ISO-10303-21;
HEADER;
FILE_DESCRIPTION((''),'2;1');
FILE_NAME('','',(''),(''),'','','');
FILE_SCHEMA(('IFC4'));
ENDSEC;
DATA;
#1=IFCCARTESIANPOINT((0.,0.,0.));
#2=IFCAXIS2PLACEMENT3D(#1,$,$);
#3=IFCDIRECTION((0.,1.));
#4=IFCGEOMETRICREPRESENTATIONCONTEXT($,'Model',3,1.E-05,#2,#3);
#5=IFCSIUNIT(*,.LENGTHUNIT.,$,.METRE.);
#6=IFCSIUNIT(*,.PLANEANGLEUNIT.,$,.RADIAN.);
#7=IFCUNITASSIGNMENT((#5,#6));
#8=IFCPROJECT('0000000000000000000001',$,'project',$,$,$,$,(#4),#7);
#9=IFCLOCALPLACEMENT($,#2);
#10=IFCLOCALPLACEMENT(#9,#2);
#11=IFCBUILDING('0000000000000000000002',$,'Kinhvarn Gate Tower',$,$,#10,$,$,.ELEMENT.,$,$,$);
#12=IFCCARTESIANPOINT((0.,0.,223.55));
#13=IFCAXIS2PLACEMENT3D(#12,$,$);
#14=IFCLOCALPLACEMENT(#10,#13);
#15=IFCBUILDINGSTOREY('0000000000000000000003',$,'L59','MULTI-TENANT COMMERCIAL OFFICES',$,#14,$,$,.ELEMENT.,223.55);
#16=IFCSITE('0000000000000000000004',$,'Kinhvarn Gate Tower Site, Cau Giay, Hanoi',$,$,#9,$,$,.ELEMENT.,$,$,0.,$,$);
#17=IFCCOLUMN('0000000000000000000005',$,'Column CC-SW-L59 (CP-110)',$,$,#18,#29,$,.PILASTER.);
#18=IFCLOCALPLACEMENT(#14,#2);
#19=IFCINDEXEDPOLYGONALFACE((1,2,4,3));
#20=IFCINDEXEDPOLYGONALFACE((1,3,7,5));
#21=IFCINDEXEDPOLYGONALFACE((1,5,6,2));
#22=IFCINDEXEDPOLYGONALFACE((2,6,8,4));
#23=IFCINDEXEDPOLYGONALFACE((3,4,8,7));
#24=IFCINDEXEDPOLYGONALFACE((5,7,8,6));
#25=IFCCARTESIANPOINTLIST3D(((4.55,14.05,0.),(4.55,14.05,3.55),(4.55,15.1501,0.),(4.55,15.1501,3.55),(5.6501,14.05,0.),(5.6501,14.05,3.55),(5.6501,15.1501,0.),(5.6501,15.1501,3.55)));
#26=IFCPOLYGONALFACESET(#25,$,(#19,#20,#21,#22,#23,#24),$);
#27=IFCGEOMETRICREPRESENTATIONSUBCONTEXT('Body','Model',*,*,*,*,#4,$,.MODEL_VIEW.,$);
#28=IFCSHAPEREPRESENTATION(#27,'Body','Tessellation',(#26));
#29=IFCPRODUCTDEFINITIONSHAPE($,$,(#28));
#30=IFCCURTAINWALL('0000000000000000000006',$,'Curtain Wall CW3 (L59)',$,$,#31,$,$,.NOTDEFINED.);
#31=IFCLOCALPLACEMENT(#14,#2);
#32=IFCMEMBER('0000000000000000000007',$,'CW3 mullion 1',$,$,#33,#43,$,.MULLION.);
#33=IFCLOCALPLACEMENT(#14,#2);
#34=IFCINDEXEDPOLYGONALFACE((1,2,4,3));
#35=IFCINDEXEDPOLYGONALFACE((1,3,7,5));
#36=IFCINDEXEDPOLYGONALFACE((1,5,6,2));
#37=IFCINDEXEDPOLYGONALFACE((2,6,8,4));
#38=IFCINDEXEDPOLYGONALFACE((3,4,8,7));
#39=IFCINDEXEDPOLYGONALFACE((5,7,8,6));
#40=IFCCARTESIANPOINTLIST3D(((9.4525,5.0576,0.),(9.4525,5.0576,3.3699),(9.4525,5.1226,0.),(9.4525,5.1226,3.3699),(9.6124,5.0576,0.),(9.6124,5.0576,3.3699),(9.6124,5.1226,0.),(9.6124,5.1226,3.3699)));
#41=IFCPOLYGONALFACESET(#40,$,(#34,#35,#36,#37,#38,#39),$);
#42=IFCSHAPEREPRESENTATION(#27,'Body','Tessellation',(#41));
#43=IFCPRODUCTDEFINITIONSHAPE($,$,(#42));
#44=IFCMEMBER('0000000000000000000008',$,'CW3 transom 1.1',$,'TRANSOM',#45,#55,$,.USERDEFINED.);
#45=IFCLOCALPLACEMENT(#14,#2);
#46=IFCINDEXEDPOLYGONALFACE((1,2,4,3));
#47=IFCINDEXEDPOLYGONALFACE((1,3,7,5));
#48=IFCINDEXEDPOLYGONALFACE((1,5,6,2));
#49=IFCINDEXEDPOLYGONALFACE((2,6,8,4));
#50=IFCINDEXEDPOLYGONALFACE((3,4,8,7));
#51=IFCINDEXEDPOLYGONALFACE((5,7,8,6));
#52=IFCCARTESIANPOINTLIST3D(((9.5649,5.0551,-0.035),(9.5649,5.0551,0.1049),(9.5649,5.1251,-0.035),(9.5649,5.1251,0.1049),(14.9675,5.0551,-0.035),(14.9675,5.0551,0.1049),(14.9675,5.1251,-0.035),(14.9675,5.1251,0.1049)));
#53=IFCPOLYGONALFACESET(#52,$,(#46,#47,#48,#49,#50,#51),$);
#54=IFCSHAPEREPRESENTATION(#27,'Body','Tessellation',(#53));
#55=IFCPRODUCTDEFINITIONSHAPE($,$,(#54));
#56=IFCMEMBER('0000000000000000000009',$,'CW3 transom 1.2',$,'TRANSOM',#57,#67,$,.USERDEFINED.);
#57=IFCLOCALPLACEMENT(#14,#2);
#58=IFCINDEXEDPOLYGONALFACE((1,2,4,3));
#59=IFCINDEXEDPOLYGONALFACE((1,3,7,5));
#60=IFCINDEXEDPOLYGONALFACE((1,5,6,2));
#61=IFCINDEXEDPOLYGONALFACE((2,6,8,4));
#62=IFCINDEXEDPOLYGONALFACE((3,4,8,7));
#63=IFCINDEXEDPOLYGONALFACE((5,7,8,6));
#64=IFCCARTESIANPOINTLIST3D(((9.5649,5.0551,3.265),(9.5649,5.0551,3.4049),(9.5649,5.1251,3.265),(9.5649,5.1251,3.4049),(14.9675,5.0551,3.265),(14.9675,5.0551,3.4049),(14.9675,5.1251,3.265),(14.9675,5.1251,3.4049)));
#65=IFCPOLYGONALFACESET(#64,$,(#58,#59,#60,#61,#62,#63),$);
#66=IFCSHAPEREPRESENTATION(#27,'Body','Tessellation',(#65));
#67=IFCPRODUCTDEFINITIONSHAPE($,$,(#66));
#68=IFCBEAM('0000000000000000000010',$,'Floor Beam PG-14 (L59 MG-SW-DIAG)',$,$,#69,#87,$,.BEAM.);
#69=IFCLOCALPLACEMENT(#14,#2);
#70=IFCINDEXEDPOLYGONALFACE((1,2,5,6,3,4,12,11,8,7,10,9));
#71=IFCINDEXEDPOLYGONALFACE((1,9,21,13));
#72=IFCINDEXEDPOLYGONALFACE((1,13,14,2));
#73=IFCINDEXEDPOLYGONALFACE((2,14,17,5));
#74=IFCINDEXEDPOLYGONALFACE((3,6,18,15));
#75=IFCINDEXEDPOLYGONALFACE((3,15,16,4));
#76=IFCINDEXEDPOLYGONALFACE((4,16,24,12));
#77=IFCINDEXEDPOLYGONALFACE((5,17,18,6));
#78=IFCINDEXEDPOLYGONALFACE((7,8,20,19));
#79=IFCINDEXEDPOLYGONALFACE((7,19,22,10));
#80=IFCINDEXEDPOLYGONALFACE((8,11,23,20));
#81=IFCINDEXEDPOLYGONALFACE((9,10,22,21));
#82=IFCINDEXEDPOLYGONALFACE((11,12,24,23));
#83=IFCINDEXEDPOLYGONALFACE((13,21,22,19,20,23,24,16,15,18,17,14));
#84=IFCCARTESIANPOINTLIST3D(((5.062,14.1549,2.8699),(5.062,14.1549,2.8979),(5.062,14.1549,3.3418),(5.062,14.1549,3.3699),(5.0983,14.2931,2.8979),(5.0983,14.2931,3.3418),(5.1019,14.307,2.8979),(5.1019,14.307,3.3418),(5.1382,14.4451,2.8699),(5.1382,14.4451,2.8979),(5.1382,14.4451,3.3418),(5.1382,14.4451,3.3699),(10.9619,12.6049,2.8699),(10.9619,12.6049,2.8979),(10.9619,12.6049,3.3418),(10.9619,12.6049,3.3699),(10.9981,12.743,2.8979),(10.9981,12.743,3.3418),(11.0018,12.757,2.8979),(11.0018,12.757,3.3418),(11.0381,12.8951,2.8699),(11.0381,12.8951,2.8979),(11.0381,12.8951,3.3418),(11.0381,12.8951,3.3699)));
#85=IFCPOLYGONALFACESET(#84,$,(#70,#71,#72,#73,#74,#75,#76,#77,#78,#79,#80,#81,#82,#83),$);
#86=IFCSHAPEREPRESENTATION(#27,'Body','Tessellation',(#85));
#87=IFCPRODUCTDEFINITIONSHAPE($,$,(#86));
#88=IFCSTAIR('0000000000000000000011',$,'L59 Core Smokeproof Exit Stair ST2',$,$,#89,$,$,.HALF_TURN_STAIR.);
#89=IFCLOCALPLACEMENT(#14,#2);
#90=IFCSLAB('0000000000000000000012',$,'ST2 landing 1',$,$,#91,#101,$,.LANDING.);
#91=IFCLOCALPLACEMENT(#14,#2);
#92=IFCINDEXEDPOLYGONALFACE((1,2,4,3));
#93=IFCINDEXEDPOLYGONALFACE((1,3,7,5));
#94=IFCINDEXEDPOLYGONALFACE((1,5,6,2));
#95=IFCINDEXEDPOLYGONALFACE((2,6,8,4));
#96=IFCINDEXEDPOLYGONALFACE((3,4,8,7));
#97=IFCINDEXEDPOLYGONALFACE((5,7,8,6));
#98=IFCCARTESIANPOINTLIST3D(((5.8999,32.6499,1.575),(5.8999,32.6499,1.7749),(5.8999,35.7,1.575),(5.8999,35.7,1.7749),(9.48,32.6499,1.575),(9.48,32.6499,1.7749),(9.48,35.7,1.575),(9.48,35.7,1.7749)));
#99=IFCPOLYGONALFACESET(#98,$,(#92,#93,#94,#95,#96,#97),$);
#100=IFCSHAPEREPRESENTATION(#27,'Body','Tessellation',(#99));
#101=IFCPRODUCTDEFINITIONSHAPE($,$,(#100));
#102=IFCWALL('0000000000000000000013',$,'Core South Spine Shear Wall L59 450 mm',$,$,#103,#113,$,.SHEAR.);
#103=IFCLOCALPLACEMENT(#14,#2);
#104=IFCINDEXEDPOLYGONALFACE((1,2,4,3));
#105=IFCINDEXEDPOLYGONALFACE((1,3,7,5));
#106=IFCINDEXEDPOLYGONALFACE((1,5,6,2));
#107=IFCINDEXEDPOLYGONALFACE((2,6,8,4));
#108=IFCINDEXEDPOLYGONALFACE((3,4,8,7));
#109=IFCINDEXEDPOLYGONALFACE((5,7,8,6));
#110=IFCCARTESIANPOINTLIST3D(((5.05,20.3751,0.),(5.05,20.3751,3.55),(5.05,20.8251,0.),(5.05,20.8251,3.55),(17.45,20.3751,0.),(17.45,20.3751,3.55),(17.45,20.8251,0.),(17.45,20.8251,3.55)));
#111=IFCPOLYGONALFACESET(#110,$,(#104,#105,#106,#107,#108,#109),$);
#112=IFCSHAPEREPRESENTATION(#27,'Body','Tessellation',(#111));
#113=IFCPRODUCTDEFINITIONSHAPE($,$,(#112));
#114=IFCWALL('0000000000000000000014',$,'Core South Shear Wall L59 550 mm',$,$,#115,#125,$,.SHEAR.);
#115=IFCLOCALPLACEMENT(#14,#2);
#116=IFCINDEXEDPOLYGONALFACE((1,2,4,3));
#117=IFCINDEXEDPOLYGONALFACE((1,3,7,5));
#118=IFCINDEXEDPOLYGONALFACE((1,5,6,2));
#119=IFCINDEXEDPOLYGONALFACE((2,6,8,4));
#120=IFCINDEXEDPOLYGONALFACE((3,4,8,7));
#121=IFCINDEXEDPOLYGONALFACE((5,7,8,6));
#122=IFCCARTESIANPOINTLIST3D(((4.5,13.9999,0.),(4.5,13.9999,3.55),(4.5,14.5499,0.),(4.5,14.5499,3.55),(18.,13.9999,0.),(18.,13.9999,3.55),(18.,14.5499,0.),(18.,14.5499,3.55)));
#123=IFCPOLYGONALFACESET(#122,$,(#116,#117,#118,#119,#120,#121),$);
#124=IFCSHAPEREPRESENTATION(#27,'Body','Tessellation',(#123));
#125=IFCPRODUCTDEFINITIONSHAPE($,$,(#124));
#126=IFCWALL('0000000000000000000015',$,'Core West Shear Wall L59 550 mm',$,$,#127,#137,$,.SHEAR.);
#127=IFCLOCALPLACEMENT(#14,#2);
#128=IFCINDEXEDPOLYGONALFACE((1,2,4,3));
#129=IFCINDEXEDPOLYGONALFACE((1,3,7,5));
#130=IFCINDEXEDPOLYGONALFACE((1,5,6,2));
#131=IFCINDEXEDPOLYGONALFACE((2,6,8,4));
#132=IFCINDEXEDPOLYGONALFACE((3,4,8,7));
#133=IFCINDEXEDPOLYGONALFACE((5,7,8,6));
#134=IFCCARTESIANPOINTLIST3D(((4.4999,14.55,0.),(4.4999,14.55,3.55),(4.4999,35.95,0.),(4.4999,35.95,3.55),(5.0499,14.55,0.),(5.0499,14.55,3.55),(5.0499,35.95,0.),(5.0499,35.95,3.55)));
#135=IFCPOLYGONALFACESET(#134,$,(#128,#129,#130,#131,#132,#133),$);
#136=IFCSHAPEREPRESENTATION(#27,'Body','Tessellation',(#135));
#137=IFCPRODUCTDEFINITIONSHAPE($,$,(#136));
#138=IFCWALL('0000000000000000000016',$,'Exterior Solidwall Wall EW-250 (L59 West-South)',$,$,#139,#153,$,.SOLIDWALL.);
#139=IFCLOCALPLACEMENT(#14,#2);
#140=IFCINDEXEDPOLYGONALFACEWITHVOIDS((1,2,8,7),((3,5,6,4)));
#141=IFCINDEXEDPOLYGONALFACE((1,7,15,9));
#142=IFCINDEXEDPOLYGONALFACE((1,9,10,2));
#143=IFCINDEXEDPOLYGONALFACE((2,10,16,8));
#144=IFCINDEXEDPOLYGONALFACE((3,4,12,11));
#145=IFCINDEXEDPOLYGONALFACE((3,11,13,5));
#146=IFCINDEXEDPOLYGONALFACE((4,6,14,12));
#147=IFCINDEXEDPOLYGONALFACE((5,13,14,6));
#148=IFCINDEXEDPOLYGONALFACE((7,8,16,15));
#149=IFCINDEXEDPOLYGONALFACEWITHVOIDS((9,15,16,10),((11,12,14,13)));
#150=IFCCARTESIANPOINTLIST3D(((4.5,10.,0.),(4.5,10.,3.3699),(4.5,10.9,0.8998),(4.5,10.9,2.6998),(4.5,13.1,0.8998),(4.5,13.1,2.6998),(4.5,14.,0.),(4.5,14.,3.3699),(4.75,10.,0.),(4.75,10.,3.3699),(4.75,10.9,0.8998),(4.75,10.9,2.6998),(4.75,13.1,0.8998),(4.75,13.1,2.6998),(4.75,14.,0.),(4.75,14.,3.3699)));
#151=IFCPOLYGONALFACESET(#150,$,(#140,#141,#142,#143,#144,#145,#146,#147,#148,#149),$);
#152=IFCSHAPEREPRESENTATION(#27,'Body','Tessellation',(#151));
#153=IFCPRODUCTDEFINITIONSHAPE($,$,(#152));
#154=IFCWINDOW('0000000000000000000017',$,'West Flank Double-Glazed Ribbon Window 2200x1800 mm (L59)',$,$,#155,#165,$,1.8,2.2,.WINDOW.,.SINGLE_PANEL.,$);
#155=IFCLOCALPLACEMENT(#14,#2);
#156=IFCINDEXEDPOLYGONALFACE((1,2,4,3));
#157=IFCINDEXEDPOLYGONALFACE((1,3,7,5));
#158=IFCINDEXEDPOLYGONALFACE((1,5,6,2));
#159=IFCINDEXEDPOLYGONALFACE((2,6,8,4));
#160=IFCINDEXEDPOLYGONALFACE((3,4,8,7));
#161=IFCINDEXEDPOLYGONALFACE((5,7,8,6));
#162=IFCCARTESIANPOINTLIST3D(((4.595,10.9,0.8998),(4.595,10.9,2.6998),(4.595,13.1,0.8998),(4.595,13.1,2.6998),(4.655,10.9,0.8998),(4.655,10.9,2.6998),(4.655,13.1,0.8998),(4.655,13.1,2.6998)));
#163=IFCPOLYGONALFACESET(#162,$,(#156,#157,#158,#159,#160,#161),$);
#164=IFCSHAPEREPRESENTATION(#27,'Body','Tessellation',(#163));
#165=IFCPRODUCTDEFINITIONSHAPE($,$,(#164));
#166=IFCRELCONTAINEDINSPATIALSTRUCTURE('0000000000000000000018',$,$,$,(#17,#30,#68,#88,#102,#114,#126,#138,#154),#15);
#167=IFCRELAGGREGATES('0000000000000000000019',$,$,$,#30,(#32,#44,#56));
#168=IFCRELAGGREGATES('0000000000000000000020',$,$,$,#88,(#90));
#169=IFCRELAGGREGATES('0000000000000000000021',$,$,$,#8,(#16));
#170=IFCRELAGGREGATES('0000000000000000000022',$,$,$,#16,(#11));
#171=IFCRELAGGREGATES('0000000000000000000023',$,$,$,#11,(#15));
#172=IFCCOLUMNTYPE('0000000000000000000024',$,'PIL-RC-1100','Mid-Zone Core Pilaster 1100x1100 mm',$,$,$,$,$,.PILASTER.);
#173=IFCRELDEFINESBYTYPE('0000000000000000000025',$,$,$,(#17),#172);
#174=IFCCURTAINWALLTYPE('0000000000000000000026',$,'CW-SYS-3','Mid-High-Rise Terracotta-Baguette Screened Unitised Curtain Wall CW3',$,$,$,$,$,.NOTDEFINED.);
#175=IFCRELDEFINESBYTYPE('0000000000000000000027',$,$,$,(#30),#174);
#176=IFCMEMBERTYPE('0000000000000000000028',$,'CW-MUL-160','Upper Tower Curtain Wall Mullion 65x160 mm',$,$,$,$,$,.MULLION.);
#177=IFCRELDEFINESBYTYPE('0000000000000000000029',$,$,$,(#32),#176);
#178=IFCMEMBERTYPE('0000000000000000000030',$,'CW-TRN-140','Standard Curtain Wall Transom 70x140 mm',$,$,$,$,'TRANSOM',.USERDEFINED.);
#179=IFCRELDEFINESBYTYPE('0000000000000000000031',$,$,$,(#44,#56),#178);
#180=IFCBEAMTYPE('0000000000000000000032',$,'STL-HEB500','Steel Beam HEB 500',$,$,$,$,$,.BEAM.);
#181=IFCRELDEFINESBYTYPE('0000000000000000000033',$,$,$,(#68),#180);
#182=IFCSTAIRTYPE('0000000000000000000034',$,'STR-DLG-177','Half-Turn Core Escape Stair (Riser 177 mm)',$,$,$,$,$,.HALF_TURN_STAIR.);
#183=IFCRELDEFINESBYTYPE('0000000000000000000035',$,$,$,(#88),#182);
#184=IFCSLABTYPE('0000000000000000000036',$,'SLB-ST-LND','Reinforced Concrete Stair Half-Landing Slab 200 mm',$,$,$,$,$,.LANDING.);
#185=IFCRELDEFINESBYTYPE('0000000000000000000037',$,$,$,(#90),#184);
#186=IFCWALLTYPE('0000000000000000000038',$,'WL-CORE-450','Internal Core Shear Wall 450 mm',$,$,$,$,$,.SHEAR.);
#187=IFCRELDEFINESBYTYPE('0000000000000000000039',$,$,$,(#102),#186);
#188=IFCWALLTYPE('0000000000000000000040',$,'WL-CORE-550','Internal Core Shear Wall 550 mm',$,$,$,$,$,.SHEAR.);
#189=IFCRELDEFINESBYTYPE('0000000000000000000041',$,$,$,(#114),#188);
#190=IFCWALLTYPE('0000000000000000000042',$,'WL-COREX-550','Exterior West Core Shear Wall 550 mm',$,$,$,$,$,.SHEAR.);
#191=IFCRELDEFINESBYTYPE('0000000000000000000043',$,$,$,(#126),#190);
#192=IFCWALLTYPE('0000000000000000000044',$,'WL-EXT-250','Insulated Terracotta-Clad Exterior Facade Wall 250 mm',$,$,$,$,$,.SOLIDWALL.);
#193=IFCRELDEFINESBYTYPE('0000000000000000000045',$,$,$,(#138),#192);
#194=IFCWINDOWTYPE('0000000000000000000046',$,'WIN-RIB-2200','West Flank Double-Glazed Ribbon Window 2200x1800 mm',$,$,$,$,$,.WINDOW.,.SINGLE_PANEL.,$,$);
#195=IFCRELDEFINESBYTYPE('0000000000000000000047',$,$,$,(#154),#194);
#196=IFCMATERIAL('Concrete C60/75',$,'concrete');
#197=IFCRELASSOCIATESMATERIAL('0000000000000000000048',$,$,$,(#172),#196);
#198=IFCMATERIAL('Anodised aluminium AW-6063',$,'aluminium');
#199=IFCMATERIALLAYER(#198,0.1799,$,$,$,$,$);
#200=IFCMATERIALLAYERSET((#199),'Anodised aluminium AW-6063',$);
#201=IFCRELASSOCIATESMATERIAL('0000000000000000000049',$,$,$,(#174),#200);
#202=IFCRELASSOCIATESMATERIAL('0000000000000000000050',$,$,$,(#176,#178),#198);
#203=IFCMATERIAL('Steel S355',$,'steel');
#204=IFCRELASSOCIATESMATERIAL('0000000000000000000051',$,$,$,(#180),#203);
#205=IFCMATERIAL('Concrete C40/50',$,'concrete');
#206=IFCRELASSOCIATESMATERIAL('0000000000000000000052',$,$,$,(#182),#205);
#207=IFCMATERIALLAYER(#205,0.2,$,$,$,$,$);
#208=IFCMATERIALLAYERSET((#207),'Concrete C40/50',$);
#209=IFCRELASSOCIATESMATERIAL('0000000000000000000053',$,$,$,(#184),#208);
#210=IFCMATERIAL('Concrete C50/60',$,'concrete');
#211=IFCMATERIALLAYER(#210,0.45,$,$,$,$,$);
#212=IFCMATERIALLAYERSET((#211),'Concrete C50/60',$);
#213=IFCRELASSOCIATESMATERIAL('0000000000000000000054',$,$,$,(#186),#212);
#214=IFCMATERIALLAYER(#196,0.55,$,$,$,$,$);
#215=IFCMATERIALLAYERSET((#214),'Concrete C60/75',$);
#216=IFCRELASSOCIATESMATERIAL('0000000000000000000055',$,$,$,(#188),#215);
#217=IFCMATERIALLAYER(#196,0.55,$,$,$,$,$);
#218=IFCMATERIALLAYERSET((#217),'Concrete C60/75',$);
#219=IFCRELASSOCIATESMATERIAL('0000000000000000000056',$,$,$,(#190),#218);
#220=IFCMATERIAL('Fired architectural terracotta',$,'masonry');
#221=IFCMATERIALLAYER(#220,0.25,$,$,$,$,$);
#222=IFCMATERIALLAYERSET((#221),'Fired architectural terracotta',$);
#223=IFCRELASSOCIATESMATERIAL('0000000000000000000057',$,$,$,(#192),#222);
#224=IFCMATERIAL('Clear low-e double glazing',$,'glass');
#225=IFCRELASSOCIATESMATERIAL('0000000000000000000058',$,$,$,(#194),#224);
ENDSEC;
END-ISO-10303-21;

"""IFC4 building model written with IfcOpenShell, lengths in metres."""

from ifc_helpers import new_model, si_unit, direction, frame, frame_2d, origin, origin_2d, place, context, subcontext, project, spatial, polyline, rectangle, i_section, outline, extrude, material, layer, layer_set, material_profile, profile_set, type_object, element, fill, aggregate, save


model = new_model("IFC4")

# Units and contexts
model_context = context("Model", 3, precision=1e-05, world=origin(), true_north=direction((0.0, 1.0)))
body_context = subcontext(model_context, "Body", "Model", "MODEL_VIEW")
ifc_project = project(units=[si_unit("LENGTHUNIT", "METRE"), si_unit("PLANEANGLEUNIT", "RADIAN")], contexts=[model_context])

# Site, building, storey
site_placement = place(None, origin())
site = spatial("IfcSite", under=ifc_project, at=site_placement, Name="Kinhvarn Gate Tower Site, Cau Giay, Hanoi", CompositionType="ELEMENT", RefElevation=0.0)
building_placement = place(site_placement, origin())
building = spatial("IfcBuilding", under=site, at=building_placement, Name="Kinhvarn Gate Tower", CompositionType="ELEMENT")
storey_placement = place(building_placement, frame((0.0, 0.0, 223.55)))
storey = spatial("IfcBuildingStorey", under=building, at=storey_placement, Name="L59", Description="MULTI-TENANT COMMERCIAL OFFICES", CompositionType="ELEMENT", Elevation=223.55)

# Column
ifc_material_1 = material(Name="Concrete C60/75", Category="concrete")
ifc_material_profile_1 = material_profile(ifc_material_1, rectangle(XDim=1.1001, YDim=1.1001, at=origin_2d()), Name="RC 1100x1100")
ifc_profile_set_1 = profile_set([ifc_material_profile_1], Name="Concrete C60/75")
column_type = type_object("IfcColumnType", Name="PIL-RC-1100", Description="Mid-Zone Core Pilaster 1100x1100 mm", PredefinedType="PILASTER", material=ifc_profile_set_1)
column_placement = place(storey_placement, frame((5.1001, 14.6001, 0.0), z_axis=(0.0, 0.0, 1.0), x_axis=(1.0, 0.0, 0.0)))
element("IfcColumn", 1, at=column_placement, inside=storey, type_object=column_type, Name="Column CC-SW-L59 (CP-110)", PredefinedType="PILASTER", context=body_context, shape_type="SweptSolid", body=[
    extrude(rectangle(XDim=1.1001, YDim=1.1001, at=origin_2d()), origin(), (0.0, 0.0, 1.0), 3.55),
])

# Curtain wall, members
ifc_material_2 = material(Name="Anodised aluminium AW-6063", Category="aluminium")
ifc_layer_1 = layer(ifc_material_2, 0.1799)
ifc_layer_set_1 = layer_set([ifc_layer_1], Name="Anodised aluminium AW-6063")
curtain_wall_type = type_object("IfcCurtainWallType", Name="CW-SYS-3", Description="Mid-High-Rise Terracotta-Baguette Screened Unitised Curtain Wall CW3", PredefinedType="NOTDEFINED", material=ifc_layer_set_1)
curtain_wall_placement = place(storey_placement, origin())
curtain_wall = element("IfcCurtainWall", 2, at=curtain_wall_placement, inside=storey, type_object=curtain_wall_type, Name="Curtain Wall CW3 (L59)", PredefinedType="NOTDEFINED")
ifc_material_profile_2 = material_profile(ifc_material_2, rectangle(XDim=0.0649, YDim=0.1599, at=origin_2d()), Name="ALU 65x160")
ifc_profile_set_2 = profile_set([ifc_material_profile_2], Name="Anodised aluminium AW-6063")
member_type_1 = type_object("IfcMemberType", Name="CW-MUL-160", Description="Upper Tower Curtain Wall Mullion 65x160 mm", PredefinedType="MULLION", material=ifc_profile_set_2)
member_1_placement = place(storey_placement, frame((9.5325, 5.0901, 0.0), z_axis=(0.0, 0.0, 1.0), x_axis=(0.0, 1.0, 0.0)))
member_1 = element("IfcMember", 3, at=member_1_placement, type_object=member_type_1, Name="CW3 mullion 1", PredefinedType="MULLION", context=body_context, shape_type="SweptSolid", body=[
    extrude(rectangle(XDim=0.0649, YDim=0.1599, at=origin_2d()), origin(), (0.0, 0.0, 1.0), 3.3699),
])
ifc_material_profile_3 = material_profile(ifc_material_2, rectangle(XDim=0.0701, YDim=0.1399, at=origin_2d()), Name="ALU 70x140")
ifc_profile_set_3 = profile_set([ifc_material_profile_3], Name="Anodised aluminium AW-6063")
member_type_2 = type_object("IfcMemberType", Name="CW-TRN-140", Description="Standard Curtain Wall Transom 70x140 mm", ElementType="TRANSOM", PredefinedType="USERDEFINED", material=ifc_profile_set_3)
member_2_placement = place(storey_placement, frame((9.5649, 5.0901, 0.0349), z_axis=(1.0, 0.0, 0.0), x_axis=(0.0, 1.0, 0.0)))
member_2 = element("IfcMember", 4, at=member_2_placement, type_object=member_type_2, Name="CW3 transom 1.1", ObjectType="TRANSOM", PredefinedType="USERDEFINED", context=body_context, shape_type="SweptSolid", body=[
    extrude(rectangle(XDim=0.0701, YDim=0.1399, at=origin_2d()), origin(), (0.0, 0.0, 1.0), 5.4026),
])
member_3_placement = place(storey_placement, frame((9.5649, 5.0901, 3.335), z_axis=(1.0, 0.0, 0.0), x_axis=(0.0, 1.0, 0.0)))
member_3 = element("IfcMember", 5, at=member_3_placement, type_object=member_type_2, Name="CW3 transom 1.2", ObjectType="TRANSOM", PredefinedType="USERDEFINED", context=body_context, shape_type="SweptSolid", body=[
    extrude(rectangle(XDim=0.0701, YDim=0.1399, at=origin_2d()), origin(), (0.0, 0.0, 1.0), 5.4026),
])
aggregate(curtain_wall, [member_1, member_2, member_3])

# Beam
ifc_material_3 = material(Name="Steel S355", Category="steel")
ifc_material_profile_4 = material_profile(ifc_material_3, i_section(OverallWidth=0.3, OverallDepth=0.5, WebThickness=0.0144, FlangeThickness=0.0281, at=origin_2d()), Name="HEB 500")
ifc_profile_set_4 = profile_set([ifc_material_profile_4], Name="Steel S355")
beam_type = type_object("IfcBeamType", Name="STL-HEB500", Description="Steel Beam HEB 500", PredefinedType="BEAM", material=ifc_profile_set_4)
beam_placement = place(storey_placement, frame((5.1001, 14.3, 3.1199), z_axis=(0.967178, -0.254101, 0.0), x_axis=(0.254101, 0.967178, 0.0)))
element("IfcBeam", 6, at=beam_placement, inside=storey, type_object=beam_type, Name="Floor Beam PG-14 (L59 MG-SW-DIAG)", PredefinedType="BEAM", context=body_context, shape_type="SweptSolid", body=[
    extrude(i_section(OverallWidth=0.3, OverallDepth=0.5, WebThickness=0.0144, FlangeThickness=0.0281, at=origin_2d()), origin(), (0.0, 0.0, 1.0), 6.1001),
])

# Stair, slab
ifc_material_4 = material(Name="Concrete C40/50", Category="concrete")
stair_type = type_object("IfcStairType", Name="STR-DLG-177", Description="Half-Turn Core Escape Stair (Riser 177 mm)", PredefinedType="HALF_TURN_STAIR", material=ifc_material_4)
stair_1_placement = place(storey_placement, origin())
stair_1 = element("IfcStair", 7, at=stair_1_placement, inside=storey, type_object=stair_type, Name="L59 Core Smokeproof Exit Stair ST2", PredefinedType="HALF_TURN_STAIR")
ifc_layer_2 = layer(ifc_material_4, 0.2)
ifc_layer_set_2 = layer_set([ifc_layer_2], Name="Concrete C40/50")
slab_type = type_object("IfcSlabType", Name="SLB-ST-LND", Description="Reinforced Concrete Stair Half-Landing Slab 200 mm", PredefinedType="LANDING", material=ifc_layer_set_2)
slab_placement = place(storey_placement, frame((0.0, 0.0, 1.575)))
slab = element("IfcSlab", 8, at=slab_placement, type_object=slab_type, Name="ST2 landing 1", PredefinedType="LANDING", context=body_context, shape_type="SweptSolid", body=[
    extrude(outline(polyline([(9.48, 35.7), (5.8999, 35.7), (5.8999, 32.6499), (9.48, 32.6499), (9.48, 35.7)])), origin(), (0.0, 0.0, 1.0), 0.2),
])
aggregate(stair_1, [slab])

# Walls
ifc_material_5 = material(Name="Concrete C50/60", Category="concrete")
ifc_layer_3 = layer(ifc_material_5, 0.45)
ifc_layer_set_3 = layer_set([ifc_layer_3], Name="Concrete C50/60")
wall_type_1 = type_object("IfcWallType", Name="WL-CORE-450", Description="Internal Core Shear Wall 450 mm", PredefinedType="SHEAR", material=ifc_layer_set_3)
wall_1_placement = place(storey_placement, frame((5.05, 20.6001, 0.0), z_axis=(0.0, 0.0, 1.0), x_axis=(1.0, 0.0, 0.0)))
element("IfcWall", 9, at=wall_1_placement, inside=storey, type_object=wall_type_1, Name="Core South Spine Shear Wall L59 450 mm", PredefinedType="SHEAR", context=body_context, shape_type="SweptSolid", body=[
    extrude(rectangle(XDim=12.3999, YDim=0.45, at=frame_2d((6.2, 0.0))), origin(), (0.0, 0.0, 1.0), 3.55),
])
ifc_layer_4 = layer(ifc_material_1, 0.55)
ifc_layer_set_4 = layer_set([ifc_layer_4], Name="Concrete C60/75")
wall_type_2 = type_object("IfcWallType", Name="WL-CORE-550", Description="Internal Core Shear Wall 550 mm", PredefinedType="SHEAR", material=ifc_layer_set_4)
wall_2_placement = place(storey_placement, frame((4.5, 14.2749, 0.0), z_axis=(0.0, 0.0, 1.0), x_axis=(1.0, 0.0, 0.0)))
element("IfcWall", 10, at=wall_2_placement, inside=storey, type_object=wall_type_2, Name="Core South Shear Wall L59 550 mm", PredefinedType="SHEAR", context=body_context, shape_type="SweptSolid", body=[
    extrude(rectangle(XDim=13.5, YDim=0.55, at=frame_2d((6.75, 0.0))), origin(), (0.0, 0.0, 1.0), 3.55),
])
ifc_layer_5 = layer(ifc_material_1, 0.55)
ifc_layer_set_5 = layer_set([ifc_layer_5], Name="Concrete C60/75")
wall_type_3 = type_object("IfcWallType", Name="WL-COREX-550", Description="Exterior West Core Shear Wall 550 mm", PredefinedType="SHEAR", material=ifc_layer_set_5)
wall_3_placement = place(storey_placement, frame((4.7749, 14.55, 0.0), z_axis=(0.0, 0.0, 1.0), x_axis=(0.0, 1.0, 0.0)))
element("IfcWall", 11, at=wall_3_placement, inside=storey, type_object=wall_type_3, Name="Core West Shear Wall L59 550 mm", PredefinedType="SHEAR", context=body_context, shape_type="SweptSolid", body=[
    extrude(rectangle(XDim=21.3999, YDim=0.55, at=frame_2d((10.7, 0.0))), origin(), (0.0, 0.0, 1.0), 3.55),
])

# Wall, opening, window
ifc_material_6 = material(Name="Fired architectural terracotta", Category="masonry")
ifc_layer_6 = layer(ifc_material_6, 0.25)
ifc_layer_set_6 = layer_set([ifc_layer_6], Name="Fired architectural terracotta")
wall_type_4 = type_object("IfcWallType", Name="WL-EXT-250", Description="Insulated Terracotta-Clad Exterior Facade Wall 250 mm", PredefinedType="SOLIDWALL", material=ifc_layer_set_6)
wall_4_placement = place(storey_placement, frame((4.625, 14.0, 0.0), z_axis=(0.0, 0.0, 1.0), x_axis=(0.0, -1.0, 0.0)))
wall_4 = element("IfcWall", 12, at=wall_4_placement, inside=storey, type_object=wall_type_4, Name="Exterior Solidwall Wall EW-250 (L59 West-South)", PredefinedType="SOLIDWALL", context=body_context, shape_type="SweptSolid", body=[
    extrude(rectangle(XDim=4.0, YDim=0.25, at=frame_2d((2.0, 0.0))), origin(), (0.0, 0.0, 1.0), 3.3699),
])
opening_1_placement = place(wall_4_placement, frame((0.8999, 0.0, 0.8999)))
opening_1 = element("IfcOpeningElement", 13, at=opening_1_placement, cuts=wall_4, PredefinedType="OPENING", context=body_context, shape_type="SweptSolid", body=[
    extrude(rectangle(XDim=2.2, YDim=1.8, at=frame_2d((1.1001, 0.8999))), frame((0.0, 0.135, 0.0), z_axis=(0.0, -1.0, 0.0), x_axis=(1.0, 0.0, 0.0)), (0.0, 0.0, 1.0), 0.27),
])
ifc_material_7 = material(Name="Clear low-e double glazing", Category="glass")
window_type_1 = type_object("IfcWindowType", Name="WIN-RIB-2200", Description="West Flank Double-Glazed Ribbon Window 2200x1800 mm", PartitioningType="SINGLE_PANEL", PredefinedType="WINDOW", material=ifc_material_7)
window_1_placement = place(opening_1_placement, origin())
window_1 = element("IfcWindow", 14, at=window_1_placement, inside=storey, type_object=window_type_1, Name="West Flank Double-Glazed Ribbon Window 2200x1800 mm (L59)", OverallHeight=1.8, OverallWidth=2.2, PartitioningType="SINGLE_PANEL", PredefinedType="WINDOW", context=body_context, shape_type="SweptSolid", body=[
    extrude(rectangle(XDim=2.2, YDim=1.8, at=frame_2d((1.1001, 0.8999))), frame((0.0, 0.03, 0.0), z_axis=(0.0, -1.0, 0.0), x_axis=(1.0, 0.0, 0.0)), (0.0, 0.0, 1.0), 0.0601),
])
fill(opening_1, window_1)

save(model, "model.ifc")
